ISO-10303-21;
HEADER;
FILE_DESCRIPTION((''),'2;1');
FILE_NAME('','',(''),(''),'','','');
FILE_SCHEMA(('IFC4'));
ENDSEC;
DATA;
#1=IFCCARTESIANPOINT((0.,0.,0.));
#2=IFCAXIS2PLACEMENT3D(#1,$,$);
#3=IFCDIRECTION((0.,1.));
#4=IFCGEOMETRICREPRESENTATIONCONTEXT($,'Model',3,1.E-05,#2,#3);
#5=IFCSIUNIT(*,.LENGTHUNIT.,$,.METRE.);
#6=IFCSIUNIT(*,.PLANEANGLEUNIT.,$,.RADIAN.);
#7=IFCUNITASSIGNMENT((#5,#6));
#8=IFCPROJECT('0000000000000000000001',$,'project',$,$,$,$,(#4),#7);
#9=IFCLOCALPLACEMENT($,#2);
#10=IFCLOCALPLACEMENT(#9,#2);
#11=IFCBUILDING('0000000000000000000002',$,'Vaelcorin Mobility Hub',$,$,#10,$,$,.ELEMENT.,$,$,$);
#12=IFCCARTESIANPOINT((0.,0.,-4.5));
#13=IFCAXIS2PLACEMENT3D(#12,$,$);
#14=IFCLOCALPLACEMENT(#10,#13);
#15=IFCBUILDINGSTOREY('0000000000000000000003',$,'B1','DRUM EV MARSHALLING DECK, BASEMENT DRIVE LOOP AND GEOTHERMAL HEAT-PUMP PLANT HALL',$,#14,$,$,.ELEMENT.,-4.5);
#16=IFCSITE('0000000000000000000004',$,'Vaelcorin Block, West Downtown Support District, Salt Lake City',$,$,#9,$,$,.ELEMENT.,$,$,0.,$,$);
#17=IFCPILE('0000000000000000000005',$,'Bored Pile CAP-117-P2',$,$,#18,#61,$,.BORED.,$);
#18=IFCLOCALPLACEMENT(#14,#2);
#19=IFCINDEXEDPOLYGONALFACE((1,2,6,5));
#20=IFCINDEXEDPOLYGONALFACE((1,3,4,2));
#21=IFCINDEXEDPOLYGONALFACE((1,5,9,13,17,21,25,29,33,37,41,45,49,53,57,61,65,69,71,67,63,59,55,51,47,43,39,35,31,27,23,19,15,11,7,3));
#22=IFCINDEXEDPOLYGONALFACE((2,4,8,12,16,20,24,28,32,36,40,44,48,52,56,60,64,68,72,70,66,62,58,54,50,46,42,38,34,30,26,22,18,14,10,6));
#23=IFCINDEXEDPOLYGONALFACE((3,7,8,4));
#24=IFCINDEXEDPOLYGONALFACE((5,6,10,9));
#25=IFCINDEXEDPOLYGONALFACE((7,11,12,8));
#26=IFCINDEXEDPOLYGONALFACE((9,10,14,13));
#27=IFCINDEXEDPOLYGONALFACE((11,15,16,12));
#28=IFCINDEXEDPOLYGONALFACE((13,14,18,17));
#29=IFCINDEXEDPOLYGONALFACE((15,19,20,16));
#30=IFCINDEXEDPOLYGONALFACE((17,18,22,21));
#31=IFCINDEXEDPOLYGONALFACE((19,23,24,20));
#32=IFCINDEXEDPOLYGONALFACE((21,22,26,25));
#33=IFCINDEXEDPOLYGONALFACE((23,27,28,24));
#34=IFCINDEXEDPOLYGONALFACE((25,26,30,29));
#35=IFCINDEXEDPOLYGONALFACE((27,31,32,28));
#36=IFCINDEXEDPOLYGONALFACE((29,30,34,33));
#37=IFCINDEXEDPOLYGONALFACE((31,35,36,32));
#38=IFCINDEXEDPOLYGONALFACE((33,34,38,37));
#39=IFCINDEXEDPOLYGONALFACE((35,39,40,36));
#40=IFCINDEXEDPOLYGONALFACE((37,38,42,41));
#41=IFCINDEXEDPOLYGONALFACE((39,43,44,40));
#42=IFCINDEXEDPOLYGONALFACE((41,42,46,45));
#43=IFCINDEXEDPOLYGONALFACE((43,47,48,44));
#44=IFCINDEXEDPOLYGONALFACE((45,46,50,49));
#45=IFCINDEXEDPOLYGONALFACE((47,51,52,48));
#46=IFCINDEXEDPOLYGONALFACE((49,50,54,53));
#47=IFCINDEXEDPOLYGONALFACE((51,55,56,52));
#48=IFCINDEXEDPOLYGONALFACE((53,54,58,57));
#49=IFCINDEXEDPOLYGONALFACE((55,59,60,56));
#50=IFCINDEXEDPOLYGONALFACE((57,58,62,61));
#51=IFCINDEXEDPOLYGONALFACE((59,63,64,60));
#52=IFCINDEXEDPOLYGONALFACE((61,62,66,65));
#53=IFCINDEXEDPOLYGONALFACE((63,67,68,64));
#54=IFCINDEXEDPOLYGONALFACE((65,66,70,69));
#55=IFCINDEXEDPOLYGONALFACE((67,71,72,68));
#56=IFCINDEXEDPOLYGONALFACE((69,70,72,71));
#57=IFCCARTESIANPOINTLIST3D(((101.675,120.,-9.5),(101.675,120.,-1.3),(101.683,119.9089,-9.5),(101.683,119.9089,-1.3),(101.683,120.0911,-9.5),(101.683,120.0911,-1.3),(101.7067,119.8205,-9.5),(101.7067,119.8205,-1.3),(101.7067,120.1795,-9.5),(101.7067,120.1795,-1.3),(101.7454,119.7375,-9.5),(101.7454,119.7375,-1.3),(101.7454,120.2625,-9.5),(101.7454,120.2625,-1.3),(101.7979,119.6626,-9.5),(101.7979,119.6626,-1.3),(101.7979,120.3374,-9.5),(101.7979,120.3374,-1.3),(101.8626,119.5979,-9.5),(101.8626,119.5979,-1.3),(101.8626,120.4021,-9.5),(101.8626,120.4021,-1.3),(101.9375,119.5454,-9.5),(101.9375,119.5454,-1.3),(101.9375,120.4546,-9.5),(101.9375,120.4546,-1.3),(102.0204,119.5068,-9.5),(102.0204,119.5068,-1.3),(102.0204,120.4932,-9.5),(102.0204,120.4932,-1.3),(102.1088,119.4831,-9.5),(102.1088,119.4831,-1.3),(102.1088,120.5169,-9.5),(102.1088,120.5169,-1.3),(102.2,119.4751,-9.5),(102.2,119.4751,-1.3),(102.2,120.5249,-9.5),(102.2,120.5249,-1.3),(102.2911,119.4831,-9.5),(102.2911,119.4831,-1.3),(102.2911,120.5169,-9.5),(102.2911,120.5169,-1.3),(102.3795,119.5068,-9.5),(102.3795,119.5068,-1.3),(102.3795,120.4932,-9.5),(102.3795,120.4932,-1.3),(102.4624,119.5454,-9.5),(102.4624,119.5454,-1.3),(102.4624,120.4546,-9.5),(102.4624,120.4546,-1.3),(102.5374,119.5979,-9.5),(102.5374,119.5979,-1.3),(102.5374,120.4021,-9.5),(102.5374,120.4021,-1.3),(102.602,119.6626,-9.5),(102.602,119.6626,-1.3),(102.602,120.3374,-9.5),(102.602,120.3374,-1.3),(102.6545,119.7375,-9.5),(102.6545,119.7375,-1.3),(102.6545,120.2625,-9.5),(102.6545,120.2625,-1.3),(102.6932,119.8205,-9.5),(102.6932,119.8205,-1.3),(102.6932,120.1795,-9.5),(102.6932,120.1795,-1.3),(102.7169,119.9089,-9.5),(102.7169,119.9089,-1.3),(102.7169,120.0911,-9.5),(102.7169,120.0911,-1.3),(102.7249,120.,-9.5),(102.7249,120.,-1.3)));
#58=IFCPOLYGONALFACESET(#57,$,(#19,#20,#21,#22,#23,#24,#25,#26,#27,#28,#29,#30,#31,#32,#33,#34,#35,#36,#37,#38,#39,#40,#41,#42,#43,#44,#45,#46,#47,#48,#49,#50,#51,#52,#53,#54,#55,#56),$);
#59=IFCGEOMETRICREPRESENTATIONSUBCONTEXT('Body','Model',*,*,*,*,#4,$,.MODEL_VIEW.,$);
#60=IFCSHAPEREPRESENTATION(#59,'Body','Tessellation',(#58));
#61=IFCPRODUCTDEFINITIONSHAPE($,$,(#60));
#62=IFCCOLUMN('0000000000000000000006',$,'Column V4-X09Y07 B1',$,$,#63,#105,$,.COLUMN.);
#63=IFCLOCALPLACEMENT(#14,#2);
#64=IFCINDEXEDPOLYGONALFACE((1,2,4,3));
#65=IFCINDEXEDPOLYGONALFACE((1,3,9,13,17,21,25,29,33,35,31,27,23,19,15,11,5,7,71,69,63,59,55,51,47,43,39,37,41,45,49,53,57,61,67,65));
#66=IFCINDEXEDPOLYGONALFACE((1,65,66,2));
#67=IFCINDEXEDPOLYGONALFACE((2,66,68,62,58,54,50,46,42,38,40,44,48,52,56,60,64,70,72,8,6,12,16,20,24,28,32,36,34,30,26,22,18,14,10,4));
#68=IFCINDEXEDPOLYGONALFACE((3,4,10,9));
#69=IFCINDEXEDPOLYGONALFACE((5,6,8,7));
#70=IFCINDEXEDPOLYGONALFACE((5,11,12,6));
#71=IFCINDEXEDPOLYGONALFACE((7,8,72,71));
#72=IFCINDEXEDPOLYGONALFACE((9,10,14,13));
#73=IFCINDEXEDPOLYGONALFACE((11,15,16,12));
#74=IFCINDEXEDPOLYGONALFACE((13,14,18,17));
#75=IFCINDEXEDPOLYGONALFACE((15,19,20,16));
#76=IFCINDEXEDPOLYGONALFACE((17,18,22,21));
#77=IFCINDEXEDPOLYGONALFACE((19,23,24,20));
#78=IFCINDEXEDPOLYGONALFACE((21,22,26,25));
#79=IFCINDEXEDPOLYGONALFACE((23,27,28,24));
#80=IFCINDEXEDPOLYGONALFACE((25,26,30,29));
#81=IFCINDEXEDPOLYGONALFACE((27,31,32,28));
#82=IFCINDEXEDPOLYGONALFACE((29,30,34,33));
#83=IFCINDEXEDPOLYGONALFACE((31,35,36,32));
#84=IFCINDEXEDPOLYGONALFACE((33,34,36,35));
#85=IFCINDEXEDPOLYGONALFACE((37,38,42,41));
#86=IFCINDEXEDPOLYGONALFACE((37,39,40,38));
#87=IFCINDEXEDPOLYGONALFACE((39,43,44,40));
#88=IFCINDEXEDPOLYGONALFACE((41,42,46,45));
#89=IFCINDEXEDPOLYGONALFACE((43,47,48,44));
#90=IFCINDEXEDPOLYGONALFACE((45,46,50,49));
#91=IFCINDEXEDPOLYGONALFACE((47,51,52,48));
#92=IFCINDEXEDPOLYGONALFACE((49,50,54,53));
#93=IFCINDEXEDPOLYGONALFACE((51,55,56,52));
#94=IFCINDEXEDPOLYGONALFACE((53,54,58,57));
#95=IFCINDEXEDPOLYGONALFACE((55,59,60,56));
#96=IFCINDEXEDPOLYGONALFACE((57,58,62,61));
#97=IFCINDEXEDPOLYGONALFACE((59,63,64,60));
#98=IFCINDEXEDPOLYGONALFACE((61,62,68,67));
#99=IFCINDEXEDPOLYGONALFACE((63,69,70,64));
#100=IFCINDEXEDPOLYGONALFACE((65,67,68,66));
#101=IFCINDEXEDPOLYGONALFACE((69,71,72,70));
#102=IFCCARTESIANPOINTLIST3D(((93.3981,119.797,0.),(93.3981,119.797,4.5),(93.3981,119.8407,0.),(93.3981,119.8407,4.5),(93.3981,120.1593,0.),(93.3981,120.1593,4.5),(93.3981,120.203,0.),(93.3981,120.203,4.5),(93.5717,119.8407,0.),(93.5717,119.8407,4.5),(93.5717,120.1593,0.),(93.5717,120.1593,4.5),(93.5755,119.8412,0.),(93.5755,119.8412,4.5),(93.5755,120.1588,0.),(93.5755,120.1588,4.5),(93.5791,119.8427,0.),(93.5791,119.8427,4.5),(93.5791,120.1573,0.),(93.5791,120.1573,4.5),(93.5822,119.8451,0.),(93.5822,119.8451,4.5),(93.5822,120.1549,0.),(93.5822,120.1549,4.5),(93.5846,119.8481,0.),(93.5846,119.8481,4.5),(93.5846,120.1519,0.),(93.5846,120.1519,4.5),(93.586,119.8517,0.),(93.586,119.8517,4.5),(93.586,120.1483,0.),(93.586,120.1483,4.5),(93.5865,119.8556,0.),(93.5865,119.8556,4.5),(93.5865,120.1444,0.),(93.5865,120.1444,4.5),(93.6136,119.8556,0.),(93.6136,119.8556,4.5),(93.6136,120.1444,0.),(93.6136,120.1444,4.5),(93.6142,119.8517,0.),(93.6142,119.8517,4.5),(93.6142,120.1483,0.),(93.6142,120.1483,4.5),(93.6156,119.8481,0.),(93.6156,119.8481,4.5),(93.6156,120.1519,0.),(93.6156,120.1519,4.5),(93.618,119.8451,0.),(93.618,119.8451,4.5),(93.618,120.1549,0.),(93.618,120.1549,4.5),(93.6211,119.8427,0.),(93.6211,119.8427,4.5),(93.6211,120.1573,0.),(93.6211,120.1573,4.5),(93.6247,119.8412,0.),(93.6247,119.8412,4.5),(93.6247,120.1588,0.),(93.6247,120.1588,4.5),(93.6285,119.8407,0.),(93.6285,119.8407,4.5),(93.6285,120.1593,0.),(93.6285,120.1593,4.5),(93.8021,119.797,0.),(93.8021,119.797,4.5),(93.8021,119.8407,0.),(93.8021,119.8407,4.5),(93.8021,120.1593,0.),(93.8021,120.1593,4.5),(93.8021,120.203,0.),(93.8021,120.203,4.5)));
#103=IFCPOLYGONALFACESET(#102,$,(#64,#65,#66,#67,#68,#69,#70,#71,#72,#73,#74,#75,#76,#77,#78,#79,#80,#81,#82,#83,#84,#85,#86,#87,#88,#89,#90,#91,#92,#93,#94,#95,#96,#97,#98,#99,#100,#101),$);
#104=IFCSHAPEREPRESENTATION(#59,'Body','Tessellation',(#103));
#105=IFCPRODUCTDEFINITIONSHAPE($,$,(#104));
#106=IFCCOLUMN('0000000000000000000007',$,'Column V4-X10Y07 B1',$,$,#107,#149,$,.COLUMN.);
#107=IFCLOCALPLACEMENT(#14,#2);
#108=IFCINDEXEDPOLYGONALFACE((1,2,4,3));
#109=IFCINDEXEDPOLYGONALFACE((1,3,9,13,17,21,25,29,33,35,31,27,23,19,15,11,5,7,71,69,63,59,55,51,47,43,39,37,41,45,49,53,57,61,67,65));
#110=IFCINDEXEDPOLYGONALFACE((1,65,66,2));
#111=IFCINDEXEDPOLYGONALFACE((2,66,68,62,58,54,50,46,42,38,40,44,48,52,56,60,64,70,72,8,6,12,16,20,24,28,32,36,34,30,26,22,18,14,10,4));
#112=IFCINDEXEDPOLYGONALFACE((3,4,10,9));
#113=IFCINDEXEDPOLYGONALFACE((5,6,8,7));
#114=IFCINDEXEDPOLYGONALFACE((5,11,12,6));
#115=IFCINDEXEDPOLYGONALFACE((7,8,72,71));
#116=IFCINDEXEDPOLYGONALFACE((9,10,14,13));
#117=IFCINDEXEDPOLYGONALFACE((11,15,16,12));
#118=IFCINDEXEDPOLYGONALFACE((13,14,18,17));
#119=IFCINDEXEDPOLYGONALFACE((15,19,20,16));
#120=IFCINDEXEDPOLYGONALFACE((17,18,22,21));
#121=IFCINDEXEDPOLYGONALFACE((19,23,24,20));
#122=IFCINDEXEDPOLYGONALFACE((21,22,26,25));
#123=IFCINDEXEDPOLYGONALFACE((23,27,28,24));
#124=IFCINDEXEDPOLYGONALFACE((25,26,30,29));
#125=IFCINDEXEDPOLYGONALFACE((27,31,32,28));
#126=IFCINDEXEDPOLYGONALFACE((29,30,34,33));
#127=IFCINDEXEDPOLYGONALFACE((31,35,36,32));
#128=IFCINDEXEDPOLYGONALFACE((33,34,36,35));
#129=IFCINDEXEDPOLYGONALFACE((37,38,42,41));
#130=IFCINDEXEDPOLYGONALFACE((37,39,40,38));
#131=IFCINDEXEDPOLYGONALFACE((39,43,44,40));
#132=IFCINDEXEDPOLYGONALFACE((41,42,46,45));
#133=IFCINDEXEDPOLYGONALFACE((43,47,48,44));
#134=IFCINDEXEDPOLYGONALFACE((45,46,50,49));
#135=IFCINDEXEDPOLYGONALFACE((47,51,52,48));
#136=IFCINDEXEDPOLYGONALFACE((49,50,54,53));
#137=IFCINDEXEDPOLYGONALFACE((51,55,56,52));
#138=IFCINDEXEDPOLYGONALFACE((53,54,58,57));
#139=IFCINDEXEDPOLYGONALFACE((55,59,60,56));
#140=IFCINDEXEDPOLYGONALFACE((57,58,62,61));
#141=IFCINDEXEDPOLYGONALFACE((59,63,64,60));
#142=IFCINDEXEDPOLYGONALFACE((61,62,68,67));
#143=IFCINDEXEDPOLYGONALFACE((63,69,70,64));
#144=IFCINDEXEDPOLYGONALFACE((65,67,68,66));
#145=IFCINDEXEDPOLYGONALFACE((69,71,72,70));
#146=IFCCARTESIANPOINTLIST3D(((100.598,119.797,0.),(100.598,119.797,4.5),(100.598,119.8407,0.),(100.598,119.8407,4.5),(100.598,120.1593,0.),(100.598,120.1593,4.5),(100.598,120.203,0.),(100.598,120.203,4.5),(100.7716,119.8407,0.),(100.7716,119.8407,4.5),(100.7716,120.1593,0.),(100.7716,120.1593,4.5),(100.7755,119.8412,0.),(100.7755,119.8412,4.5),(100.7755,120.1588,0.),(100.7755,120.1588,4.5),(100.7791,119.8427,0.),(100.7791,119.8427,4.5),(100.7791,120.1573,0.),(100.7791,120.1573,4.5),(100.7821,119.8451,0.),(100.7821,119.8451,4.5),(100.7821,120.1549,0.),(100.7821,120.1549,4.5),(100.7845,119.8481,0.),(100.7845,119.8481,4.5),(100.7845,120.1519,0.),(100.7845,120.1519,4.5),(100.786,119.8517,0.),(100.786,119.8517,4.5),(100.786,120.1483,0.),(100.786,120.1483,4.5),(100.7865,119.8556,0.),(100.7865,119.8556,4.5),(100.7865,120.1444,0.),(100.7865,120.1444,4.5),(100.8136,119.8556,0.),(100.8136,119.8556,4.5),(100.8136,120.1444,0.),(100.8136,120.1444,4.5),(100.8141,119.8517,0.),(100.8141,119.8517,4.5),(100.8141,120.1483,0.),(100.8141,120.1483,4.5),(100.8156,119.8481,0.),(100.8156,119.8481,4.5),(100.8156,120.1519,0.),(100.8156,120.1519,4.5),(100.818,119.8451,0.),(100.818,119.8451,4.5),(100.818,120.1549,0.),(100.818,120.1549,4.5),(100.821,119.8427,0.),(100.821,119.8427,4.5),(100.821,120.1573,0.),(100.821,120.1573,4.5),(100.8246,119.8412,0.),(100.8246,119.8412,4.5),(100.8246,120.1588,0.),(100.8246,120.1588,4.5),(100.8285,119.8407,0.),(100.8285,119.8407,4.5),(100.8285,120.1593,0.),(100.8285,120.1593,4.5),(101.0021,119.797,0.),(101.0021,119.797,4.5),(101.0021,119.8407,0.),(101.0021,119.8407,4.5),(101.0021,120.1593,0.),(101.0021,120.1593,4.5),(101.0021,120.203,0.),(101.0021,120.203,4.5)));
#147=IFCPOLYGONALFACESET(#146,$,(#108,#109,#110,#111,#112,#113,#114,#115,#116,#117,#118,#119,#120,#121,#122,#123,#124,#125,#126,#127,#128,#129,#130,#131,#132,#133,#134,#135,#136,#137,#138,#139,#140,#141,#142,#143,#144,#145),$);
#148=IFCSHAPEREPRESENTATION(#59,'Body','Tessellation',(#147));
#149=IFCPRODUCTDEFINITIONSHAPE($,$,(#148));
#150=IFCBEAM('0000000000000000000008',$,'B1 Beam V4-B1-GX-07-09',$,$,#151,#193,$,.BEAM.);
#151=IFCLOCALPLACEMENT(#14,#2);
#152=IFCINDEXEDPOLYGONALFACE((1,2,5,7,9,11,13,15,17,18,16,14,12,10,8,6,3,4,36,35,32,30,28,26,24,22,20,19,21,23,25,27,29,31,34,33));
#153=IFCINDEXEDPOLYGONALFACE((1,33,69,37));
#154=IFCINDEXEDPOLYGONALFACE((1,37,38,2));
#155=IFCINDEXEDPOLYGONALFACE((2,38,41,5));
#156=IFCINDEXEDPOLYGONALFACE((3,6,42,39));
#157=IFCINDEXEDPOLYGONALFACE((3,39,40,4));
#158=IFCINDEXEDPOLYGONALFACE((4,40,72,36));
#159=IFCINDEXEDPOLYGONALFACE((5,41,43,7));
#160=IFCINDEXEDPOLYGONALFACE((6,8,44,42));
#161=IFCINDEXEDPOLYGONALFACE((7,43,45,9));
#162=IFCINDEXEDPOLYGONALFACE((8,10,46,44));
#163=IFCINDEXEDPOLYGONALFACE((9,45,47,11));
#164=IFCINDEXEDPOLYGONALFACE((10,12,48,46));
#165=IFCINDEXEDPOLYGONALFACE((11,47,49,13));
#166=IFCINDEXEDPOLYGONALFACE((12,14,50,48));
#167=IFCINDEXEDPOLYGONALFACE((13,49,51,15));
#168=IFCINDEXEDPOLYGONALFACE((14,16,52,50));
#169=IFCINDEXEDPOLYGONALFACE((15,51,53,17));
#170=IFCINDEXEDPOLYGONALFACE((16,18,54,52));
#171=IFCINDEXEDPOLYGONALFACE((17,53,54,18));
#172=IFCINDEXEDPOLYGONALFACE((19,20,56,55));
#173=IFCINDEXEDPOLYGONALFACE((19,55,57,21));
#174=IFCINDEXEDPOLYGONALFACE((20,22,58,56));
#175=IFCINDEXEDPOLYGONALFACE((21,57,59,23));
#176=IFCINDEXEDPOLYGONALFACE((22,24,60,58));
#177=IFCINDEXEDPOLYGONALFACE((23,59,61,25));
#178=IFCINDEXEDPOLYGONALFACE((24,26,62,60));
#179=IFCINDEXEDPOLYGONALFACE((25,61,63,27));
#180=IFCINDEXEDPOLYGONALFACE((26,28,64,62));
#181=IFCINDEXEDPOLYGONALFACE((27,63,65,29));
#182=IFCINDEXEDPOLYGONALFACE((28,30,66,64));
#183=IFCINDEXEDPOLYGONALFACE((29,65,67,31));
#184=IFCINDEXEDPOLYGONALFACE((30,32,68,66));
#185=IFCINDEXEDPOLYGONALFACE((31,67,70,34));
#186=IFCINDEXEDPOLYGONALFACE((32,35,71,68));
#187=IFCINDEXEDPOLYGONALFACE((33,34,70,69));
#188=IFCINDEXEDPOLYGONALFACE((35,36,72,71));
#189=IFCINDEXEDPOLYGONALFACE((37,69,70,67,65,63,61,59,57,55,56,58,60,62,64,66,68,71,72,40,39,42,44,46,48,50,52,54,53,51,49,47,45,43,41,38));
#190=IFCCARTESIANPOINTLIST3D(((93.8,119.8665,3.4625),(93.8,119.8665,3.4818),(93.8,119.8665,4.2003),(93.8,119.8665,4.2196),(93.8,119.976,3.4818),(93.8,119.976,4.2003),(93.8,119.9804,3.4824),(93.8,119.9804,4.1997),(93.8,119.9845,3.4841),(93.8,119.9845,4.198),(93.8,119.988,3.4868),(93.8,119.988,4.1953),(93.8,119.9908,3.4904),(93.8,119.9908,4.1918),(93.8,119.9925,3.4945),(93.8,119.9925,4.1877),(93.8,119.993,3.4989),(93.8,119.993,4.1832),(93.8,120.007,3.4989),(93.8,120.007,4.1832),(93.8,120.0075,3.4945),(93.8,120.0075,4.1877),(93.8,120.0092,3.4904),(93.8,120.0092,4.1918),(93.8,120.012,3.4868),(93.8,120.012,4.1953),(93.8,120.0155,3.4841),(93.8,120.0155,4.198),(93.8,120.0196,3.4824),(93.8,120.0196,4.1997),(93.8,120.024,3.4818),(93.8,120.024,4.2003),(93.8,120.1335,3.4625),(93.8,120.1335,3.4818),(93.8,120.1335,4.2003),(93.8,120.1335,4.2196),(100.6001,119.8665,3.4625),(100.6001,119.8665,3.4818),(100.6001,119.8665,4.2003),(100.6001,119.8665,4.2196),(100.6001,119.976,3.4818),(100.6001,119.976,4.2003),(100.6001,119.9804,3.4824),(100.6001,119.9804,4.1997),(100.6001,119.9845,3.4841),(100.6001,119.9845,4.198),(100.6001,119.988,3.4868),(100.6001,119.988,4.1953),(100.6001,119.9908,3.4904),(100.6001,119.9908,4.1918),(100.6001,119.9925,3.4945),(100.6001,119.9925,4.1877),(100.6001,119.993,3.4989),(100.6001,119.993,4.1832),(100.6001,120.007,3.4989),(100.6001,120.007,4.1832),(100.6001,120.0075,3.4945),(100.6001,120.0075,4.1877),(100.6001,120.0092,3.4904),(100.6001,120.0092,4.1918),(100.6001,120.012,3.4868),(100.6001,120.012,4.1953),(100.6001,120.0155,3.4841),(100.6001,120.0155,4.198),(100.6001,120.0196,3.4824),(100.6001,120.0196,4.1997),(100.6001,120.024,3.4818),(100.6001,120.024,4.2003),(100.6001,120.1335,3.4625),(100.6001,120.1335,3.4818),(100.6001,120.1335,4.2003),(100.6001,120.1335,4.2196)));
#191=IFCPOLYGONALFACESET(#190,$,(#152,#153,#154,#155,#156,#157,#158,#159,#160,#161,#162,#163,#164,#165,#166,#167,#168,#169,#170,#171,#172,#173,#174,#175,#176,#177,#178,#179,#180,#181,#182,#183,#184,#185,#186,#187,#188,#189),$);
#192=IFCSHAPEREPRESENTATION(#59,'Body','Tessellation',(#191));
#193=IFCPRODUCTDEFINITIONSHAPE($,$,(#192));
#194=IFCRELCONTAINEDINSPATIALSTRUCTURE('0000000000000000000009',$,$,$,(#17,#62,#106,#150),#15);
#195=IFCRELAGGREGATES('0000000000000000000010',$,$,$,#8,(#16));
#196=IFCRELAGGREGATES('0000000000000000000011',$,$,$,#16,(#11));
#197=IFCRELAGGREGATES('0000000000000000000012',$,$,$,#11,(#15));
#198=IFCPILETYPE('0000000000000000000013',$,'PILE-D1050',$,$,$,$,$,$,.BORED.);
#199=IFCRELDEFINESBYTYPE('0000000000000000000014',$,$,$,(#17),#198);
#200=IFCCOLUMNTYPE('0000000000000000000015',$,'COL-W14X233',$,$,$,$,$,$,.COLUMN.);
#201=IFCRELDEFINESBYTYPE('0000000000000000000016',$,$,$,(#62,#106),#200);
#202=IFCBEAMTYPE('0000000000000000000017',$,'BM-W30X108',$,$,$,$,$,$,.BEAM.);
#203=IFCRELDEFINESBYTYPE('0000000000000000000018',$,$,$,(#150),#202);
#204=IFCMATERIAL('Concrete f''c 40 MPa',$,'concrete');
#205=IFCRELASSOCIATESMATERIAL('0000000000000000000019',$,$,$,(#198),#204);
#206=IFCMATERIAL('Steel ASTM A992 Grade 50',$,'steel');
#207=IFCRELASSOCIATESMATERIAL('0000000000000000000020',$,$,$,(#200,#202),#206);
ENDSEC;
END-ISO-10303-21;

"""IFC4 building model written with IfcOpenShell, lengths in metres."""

from ifc_helpers import new_model, si_unit, direction, frame, origin, origin_2d, place, context, subcontext, project, spatial, circle, i_section, extrude, material, material_profile, profile_set, type_object, element, save


model = new_model("IFC4")

# Units and contexts
model_context = context("Model", 3, precision=1e-05, world=origin(), true_north=direction((0.0, 1.0)))
body_context = subcontext(model_context, "Body", "Model", "MODEL_VIEW")
ifc_project = project(units=[si_unit("LENGTHUNIT", "METRE"), si_unit("PLANEANGLEUNIT", "RADIAN")], contexts=[model_context])

# Site, building, storey
site_placement = place(None, origin())
site = spatial("IfcSite", under=ifc_project, at=site_placement, Name="Vaelcorin Block, West Downtown Support District, Salt Lake City", CompositionType="ELEMENT", RefElevation=0.0)
building_placement = place(site_placement, origin())
building = spatial("IfcBuilding", under=site, at=building_placement, Name="Vaelcorin Mobility Hub", CompositionType="ELEMENT")
storey_placement = place(building_placement, frame((0.0, 0.0, -4.5)))
storey = spatial("IfcBuildingStorey", under=building, at=storey_placement, Name="B1", Description="DRUM EV MARSHALLING DECK, BASEMENT DRIVE LOOP AND GEOTHERMAL HEAT-PUMP PLANT HALL", CompositionType="ELEMENT", Elevation=-4.5)

# Shared definitions
ifc_material_1 = material(Name="Concrete f'c 40 MPa", Category="concrete")

# Pile
ifc_material_profile_1 = material_profile(ifc_material_1, circle(Radius=0.5249, at=origin_2d()), Name="BP-D1050")
ifc_profile_set_1 = profile_set([ifc_material_profile_1], Name="Concrete f'c 40 MPa")
pile_type = type_object("IfcPileType", Name="PILE-D1050", PredefinedType="BORED", material=ifc_profile_set_1)
for number, where, z_axis, x_axis, name in (
    (1, (102.2, 120.0, -1.3), (0.0, 0.0, -1.0), (1.0, 0.0, 0.0), "Bored Pile CAP-117-P2"),
):
    element("IfcPile", number, at=place(storey_placement, frame(where, z_axis=z_axis, x_axis=x_axis)), inside=storey, type_object=pile_type, Name=name, PredefinedType="BORED", context=body_context, shape_type="SweptSolid", body=[
        extrude(circle(Radius=0.5249, at=origin_2d()), origin(), (0.0, 0.0, 1.0), 8.2),
    ])

# Columns
ifc_material_2 = material(Name="Steel ASTM A992 Grade 50", Category="steel")
ifc_material_profile_2 = material_profile(ifc_material_2, i_section(OverallWidth=0.4041, OverallDepth=0.406, WebThickness=0.0271, FlangeThickness=0.0437, FilletRadius=0.0149, at=origin_2d()), Name="W14X233")
ifc_profile_set_2 = profile_set([ifc_material_profile_2], Name="Steel ASTM A992 Grade 50")
column_type = type_object("IfcColumnType", Name="COL-W14X233", PredefinedType="COLUMN", material=ifc_profile_set_2)
for number, where, z_axis, x_axis, name in (
    (2, (93.6001, 120.0, 0.0), (0.0, 0.0, 1.0), (1.0, 0.0, 0.0), "Column V4-X09Y07 B1"),
    (3, (100.8, 120.0, 0.0), (0.0, 0.0, 1.0), (1.0, 0.0, 0.0), "Column V4-X10Y07 B1"),
):
    element("IfcColumn", number, at=place(storey_placement, frame(where, z_axis=z_axis, x_axis=x_axis)), inside=storey, type_object=column_type, Name=name, PredefinedType="COLUMN", context=body_context, shape_type="SweptSolid", body=[
        extrude(i_section(OverallWidth=0.4041, OverallDepth=0.406, WebThickness=0.0271, FlangeThickness=0.0437, FilletRadius=0.0149, at=origin_2d()), origin(), (0.0, 0.0, 1.0), 4.5),
    ])

# Beam
ifc_material_profile_3 = material_profile(ifc_material_2, i_section(OverallWidth=0.2671, OverallDepth=0.7571, WebThickness=0.0139, FlangeThickness=0.0193, FilletRadius=0.0171, at=origin_2d()), Name="W30X108")
ifc_profile_set_3 = profile_set([ifc_material_profile_3], Name="Steel ASTM A992 Grade 50")
beam_type = type_object("IfcBeamType", Name="BM-W30X108", PredefinedType="BEAM", material=ifc_profile_set_3)
for number, where, z_axis, x_axis, name in (
    (4, (93.8, 120.0, 3.8411), (1.0, 0.0, 0.0), (0.0, 1.0, 0.0), "B1 Beam V4-B1-GX-07-09"),
):
    element("IfcBeam", number, at=place(storey_placement, frame(where, z_axis=z_axis, x_axis=x_axis)), inside=storey, type_object=beam_type, Name=name, PredefinedType="BEAM", context=body_context, shape_type="SweptSolid", body=[
        extrude(i_section(OverallWidth=0.2671, OverallDepth=0.7571, WebThickness=0.0139, FlangeThickness=0.0193, FilletRadius=0.0171, at=origin_2d()), origin(), (0.0, 0.0, 1.0), 6.8),
    ])

save(model, "model.ifc")
